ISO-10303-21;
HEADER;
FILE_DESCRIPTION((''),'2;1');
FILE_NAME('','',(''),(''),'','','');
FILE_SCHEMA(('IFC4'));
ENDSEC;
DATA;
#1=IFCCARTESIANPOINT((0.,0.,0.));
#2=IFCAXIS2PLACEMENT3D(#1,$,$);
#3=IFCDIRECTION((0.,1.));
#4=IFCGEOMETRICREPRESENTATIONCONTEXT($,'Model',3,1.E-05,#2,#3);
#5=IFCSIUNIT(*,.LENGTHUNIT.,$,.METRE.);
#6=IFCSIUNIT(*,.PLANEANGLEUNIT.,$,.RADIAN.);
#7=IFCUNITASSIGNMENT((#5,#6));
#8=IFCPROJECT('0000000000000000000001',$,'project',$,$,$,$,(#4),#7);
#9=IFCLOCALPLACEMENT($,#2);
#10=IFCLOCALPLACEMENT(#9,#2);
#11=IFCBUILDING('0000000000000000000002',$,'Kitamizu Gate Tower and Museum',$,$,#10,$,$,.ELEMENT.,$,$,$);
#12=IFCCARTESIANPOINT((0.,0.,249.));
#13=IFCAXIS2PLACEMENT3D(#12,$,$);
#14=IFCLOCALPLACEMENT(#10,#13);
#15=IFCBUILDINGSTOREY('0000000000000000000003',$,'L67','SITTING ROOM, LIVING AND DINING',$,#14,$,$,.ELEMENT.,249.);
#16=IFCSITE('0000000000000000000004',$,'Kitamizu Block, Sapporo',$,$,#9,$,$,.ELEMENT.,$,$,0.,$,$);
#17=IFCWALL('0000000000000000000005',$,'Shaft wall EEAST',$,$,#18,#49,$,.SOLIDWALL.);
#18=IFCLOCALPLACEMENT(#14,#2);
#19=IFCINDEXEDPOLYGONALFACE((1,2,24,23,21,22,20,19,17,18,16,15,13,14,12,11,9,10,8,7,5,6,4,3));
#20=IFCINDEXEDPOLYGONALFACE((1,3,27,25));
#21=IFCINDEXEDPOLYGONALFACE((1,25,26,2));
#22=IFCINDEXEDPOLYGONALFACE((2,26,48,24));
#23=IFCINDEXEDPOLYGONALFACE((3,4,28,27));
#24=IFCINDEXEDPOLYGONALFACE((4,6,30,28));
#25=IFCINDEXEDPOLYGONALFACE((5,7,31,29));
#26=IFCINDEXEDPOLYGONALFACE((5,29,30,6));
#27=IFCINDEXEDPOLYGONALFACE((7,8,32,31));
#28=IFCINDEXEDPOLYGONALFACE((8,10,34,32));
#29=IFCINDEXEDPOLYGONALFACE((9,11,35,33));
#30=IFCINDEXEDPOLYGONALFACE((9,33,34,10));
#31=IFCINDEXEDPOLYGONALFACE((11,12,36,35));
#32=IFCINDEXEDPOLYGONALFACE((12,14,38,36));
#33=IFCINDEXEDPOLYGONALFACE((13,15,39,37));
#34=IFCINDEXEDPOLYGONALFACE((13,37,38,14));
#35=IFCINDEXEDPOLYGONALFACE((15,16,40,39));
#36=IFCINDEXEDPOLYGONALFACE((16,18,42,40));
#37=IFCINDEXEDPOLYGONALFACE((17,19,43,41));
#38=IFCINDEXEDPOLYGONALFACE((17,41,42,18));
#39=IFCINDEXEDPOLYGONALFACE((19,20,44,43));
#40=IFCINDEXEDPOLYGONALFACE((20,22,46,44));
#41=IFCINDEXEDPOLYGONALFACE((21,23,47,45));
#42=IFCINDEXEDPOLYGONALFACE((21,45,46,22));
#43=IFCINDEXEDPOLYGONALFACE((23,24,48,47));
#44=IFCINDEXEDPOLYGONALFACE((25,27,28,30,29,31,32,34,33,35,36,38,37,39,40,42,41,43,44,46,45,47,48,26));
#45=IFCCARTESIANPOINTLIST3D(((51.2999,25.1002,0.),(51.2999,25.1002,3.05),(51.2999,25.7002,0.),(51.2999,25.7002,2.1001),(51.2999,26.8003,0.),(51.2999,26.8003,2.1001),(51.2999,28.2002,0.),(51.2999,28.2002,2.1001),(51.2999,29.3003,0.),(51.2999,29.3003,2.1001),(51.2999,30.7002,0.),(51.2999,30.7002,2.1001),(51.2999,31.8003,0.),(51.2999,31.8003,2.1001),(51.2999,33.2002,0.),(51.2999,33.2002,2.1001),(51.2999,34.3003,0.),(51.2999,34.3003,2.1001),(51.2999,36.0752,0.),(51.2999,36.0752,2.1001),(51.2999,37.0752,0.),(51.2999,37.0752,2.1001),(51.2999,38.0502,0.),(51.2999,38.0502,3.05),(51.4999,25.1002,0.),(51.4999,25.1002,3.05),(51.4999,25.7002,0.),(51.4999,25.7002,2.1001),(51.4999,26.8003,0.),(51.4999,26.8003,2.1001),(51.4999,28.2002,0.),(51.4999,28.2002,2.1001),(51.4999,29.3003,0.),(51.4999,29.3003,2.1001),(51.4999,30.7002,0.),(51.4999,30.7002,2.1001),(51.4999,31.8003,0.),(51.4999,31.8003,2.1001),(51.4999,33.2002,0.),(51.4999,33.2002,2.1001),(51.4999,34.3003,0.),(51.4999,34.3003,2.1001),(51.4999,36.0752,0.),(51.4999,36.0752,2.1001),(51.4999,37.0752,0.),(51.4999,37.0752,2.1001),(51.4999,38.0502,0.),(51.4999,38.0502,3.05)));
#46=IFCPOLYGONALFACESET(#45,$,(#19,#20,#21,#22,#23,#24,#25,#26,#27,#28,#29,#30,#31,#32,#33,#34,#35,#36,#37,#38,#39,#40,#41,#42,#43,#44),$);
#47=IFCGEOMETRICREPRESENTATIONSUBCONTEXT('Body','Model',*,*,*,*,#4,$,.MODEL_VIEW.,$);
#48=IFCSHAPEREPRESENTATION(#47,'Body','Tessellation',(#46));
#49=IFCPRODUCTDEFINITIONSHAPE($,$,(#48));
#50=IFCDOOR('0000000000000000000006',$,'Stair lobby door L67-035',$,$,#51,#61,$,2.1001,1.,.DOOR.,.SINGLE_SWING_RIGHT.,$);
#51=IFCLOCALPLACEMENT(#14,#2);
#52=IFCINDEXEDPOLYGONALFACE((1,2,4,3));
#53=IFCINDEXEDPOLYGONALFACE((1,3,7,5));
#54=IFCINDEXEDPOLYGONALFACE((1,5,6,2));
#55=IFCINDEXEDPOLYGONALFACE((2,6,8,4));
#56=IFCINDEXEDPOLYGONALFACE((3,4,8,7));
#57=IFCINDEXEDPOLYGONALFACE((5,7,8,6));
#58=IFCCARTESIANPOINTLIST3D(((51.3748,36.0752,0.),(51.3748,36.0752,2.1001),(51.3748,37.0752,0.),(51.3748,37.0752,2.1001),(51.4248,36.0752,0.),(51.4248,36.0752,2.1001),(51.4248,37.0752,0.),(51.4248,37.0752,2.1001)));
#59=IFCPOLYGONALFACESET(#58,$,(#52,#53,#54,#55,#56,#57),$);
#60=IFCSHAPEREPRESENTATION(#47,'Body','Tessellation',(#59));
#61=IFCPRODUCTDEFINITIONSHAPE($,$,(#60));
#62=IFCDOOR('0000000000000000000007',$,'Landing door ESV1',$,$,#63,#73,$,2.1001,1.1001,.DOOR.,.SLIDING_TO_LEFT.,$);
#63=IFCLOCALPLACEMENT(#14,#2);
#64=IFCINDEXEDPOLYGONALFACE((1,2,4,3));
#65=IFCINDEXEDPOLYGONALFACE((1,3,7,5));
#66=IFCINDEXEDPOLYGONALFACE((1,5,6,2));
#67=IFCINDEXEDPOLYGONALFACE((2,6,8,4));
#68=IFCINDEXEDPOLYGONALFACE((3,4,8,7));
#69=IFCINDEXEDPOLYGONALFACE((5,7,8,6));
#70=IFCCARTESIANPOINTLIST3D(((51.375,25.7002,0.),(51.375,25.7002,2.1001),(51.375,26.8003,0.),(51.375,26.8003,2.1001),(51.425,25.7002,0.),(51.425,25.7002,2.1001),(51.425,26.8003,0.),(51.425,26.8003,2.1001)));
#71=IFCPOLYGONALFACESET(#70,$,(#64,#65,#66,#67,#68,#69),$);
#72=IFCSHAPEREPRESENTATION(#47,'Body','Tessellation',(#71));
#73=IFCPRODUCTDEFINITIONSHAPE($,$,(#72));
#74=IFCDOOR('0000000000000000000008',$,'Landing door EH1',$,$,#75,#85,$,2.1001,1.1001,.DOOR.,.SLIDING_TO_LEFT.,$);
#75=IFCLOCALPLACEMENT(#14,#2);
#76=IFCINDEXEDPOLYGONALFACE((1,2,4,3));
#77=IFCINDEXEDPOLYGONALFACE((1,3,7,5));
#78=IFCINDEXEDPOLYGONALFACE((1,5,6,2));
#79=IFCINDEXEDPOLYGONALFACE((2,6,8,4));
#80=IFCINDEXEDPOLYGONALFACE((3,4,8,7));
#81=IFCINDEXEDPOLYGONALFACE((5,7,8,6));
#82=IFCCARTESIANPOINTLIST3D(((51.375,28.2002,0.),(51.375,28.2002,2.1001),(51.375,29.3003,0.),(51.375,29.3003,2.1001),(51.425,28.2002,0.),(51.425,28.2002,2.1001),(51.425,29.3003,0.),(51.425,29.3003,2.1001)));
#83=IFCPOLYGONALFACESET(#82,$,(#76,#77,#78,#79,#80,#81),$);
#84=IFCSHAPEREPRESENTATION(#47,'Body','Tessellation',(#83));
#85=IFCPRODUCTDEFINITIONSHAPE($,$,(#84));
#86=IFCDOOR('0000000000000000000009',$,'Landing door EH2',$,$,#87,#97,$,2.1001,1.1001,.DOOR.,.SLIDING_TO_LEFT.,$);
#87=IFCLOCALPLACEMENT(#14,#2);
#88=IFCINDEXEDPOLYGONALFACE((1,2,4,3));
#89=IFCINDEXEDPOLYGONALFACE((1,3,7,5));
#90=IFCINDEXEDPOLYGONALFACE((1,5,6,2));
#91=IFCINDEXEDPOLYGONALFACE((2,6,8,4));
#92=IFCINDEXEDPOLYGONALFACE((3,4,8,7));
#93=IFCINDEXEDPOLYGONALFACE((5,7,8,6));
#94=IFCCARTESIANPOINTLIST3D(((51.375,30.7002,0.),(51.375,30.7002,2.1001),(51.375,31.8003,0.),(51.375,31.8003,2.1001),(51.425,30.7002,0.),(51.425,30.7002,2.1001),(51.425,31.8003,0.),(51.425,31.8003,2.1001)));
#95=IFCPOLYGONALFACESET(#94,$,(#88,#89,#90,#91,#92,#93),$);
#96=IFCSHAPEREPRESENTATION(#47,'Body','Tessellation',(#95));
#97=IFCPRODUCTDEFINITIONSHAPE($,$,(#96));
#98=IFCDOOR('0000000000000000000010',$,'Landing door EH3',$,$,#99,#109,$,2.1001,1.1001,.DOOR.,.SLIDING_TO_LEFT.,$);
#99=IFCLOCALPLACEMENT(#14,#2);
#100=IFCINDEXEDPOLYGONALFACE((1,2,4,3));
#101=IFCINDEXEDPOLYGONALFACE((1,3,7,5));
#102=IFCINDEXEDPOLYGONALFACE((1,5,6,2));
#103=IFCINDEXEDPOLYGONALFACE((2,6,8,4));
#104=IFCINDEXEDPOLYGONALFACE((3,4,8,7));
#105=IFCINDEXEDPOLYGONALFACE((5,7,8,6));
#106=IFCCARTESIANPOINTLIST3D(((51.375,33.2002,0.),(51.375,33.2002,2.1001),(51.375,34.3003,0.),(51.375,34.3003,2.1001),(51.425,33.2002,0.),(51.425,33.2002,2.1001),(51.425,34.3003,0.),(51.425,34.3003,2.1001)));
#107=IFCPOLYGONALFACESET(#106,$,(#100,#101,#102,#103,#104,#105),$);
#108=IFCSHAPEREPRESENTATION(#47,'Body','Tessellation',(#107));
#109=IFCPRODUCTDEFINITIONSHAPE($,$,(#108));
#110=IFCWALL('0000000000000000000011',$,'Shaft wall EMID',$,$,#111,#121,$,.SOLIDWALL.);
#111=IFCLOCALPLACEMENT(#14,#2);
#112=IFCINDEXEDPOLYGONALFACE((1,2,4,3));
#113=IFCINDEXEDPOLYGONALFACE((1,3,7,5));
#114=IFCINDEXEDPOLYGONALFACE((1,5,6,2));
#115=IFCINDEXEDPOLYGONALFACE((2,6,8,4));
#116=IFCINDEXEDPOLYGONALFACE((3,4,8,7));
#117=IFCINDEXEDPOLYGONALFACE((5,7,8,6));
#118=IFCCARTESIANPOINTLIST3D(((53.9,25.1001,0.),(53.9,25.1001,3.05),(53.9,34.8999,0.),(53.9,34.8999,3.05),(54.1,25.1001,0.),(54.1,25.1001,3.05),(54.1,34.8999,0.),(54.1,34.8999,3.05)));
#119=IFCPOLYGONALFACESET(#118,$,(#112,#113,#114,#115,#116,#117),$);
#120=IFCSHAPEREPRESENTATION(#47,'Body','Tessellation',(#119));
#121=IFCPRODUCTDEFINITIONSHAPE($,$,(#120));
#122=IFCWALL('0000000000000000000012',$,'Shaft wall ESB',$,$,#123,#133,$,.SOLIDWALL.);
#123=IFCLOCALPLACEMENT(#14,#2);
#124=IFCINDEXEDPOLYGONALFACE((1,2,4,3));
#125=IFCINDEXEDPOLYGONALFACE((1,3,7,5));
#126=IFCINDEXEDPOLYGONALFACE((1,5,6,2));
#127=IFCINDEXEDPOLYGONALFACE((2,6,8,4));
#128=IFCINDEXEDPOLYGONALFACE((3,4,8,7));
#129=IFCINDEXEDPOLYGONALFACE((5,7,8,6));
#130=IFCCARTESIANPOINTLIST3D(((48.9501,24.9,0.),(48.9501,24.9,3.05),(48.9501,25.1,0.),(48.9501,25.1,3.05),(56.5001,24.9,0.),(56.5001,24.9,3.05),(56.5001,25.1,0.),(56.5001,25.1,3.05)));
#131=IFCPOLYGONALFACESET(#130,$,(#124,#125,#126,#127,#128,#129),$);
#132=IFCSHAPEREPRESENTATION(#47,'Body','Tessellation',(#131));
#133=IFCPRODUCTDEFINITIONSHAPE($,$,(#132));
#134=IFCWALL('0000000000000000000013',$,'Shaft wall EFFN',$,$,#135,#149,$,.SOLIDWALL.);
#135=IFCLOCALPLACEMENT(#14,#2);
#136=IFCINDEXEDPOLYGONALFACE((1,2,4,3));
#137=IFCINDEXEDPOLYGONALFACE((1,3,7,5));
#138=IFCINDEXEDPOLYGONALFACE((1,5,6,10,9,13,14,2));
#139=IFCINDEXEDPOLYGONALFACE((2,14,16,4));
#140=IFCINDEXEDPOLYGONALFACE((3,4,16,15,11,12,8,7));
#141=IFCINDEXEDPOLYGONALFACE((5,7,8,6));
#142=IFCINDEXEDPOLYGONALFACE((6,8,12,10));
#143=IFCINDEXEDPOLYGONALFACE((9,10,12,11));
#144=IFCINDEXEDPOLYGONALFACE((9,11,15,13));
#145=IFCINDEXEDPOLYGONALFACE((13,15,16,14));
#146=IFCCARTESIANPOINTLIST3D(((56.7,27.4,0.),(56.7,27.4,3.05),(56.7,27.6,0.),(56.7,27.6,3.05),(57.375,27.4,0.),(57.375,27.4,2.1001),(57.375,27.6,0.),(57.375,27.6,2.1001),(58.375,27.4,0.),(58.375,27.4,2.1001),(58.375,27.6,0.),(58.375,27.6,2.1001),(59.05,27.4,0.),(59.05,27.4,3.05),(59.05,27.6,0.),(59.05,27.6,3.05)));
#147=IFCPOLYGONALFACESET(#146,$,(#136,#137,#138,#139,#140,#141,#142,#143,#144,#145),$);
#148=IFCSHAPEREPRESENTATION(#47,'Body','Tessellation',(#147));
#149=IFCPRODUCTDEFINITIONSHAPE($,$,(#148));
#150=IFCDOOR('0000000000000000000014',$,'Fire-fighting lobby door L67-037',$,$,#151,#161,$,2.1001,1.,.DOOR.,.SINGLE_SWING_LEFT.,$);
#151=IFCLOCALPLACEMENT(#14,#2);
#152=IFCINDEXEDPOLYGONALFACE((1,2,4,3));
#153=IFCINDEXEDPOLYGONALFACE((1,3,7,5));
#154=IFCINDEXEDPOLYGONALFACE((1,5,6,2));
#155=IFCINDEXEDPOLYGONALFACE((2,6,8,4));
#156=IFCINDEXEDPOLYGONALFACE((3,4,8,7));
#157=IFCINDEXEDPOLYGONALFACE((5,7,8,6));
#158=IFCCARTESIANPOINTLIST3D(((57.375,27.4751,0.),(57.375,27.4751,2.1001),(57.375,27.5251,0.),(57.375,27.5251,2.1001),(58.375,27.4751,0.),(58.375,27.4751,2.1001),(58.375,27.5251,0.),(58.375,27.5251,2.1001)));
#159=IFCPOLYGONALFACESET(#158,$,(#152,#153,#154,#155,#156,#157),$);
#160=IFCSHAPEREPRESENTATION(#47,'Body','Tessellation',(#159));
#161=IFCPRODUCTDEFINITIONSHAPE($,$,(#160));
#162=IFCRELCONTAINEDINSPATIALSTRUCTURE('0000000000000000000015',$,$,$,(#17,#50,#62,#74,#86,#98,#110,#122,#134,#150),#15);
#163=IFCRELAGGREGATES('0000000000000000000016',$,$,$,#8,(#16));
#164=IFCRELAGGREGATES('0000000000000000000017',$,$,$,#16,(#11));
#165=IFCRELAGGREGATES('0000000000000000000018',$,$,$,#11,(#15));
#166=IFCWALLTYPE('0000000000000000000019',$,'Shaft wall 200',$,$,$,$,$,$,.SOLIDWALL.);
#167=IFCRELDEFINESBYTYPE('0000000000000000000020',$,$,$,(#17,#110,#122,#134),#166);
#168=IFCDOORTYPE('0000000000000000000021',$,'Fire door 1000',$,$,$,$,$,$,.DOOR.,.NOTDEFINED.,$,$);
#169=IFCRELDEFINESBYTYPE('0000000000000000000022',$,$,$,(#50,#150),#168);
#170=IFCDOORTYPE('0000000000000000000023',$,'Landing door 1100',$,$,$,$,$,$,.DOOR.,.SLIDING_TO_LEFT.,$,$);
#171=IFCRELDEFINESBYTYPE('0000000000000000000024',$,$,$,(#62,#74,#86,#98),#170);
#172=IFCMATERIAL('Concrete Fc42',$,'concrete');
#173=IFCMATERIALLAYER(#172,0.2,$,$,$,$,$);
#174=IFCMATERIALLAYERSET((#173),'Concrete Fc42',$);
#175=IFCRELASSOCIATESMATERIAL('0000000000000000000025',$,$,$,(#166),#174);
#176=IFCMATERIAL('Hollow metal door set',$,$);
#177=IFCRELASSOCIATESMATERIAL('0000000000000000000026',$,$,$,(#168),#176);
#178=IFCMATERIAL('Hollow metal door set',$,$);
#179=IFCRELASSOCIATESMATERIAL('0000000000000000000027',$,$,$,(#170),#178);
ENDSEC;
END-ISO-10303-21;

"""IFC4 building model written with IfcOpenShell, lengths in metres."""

from ifc_helpers import new_model, si_unit, direction, frame, frame_2d, origin, place, context, subcontext, project, spatial, rectangle, extrude, material, layer, layer_set, type_object, element, fill, save


model = new_model("IFC4")

# Units and contexts
model_context = context("Model", 3, precision=1e-05, world=origin(), true_north=direction((0.0, 1.0)))
body_context = subcontext(model_context, "Body", "Model", "MODEL_VIEW")
ifc_project = project(units=[si_unit("LENGTHUNIT", "METRE"), si_unit("PLANEANGLEUNIT", "RADIAN")], contexts=[model_context])

# Site, building, storey
site_placement = place(None, origin())
site = spatial("IfcSite", under=ifc_project, at=site_placement, Name="Kitamizu Block, Sapporo", CompositionType="ELEMENT", RefElevation=0.0)
building_placement = place(site_placement, origin())
building = spatial("IfcBuilding", under=site, at=building_placement, Name="Kitamizu Gate Tower and Museum", CompositionType="ELEMENT")
storey_placement = place(building_placement, frame((0.0, 0.0, 249.0)))
storey = spatial("IfcBuildingStorey", under=building, at=storey_placement, Name="L67", Description="SITTING ROOM, LIVING AND DINING", CompositionType="ELEMENT", Elevation=249.0)

# Wall, openings, doors
ifc_material_1 = material(Name="Concrete Fc42", Category="concrete")
ifc_layer_1 = layer(ifc_material_1, 0.2)
ifc_layer_set_1 = layer_set([ifc_layer_1], Name="Concrete Fc42")
wall_type_1 = type_object("IfcWallType", Name="Shaft wall 200", PredefinedType="SOLIDWALL", material=ifc_layer_set_1)
wall_1_placement = place(storey_placement, frame((51.3999, 25.1001, 0.0), z_axis=(0.0, 0.0, 1.0), x_axis=(0.0, 1.0, 0.0)))
wall_1 = element("IfcWall", 1, at=wall_1_placement, inside=storey, type_object=wall_type_1, Name="Shaft wall EEAST", PredefinedType="SOLIDWALL", context=body_context, shape_type="SweptSolid", body=[
    extrude(rectangle(XDim=12.95, YDim=0.2, at=frame_2d((6.4751, 0.0))), origin(), (0.0, 0.0, 1.0), 3.05),
])
opening_1_placement = place(wall_1_placement, frame((0.6001, 0.0, 0.0)))
opening_1 = element("IfcOpeningElement", 2, at=opening_1_placement, cuts=wall_1, PredefinedType="OPENING", context=body_context, shape_type="SweptSolid", body=[
    extrude(rectangle(XDim=1.1001, YDim=2.1001, at=frame_2d((0.55, 1.05))), frame((0.0, 0.1099, 0.0), z_axis=(0.0, -1.0, 0.0), x_axis=(1.0, 0.0, 0.0)), (0.0, 0.0, 1.0), 0.22),
])
opening_2_placement = place(wall_1_placement, frame((3.1001, 0.0, 0.0)))
opening_2 = element("IfcOpeningElement", 3, at=opening_2_placement, cuts=wall_1, PredefinedType="OPENING", context=body_context, shape_type="SweptSolid", body=[
    extrude(rectangle(XDim=1.1001, YDim=2.1001, at=frame_2d((0.55, 1.05))), frame((0.0, 0.1099, 0.0), z_axis=(0.0, -1.0, 0.0), x_axis=(1.0, 0.0, 0.0)), (0.0, 0.0, 1.0), 0.22),
])
opening_3_placement = place(wall_1_placement, frame((5.6001, 0.0, 0.0)))
opening_3 = element("IfcOpeningElement", 4, at=opening_3_placement, cuts=wall_1, PredefinedType="OPENING", context=body_context, shape_type="SweptSolid", body=[
    extrude(rectangle(XDim=1.1001, YDim=2.1001, at=frame_2d((0.55, 1.05))), frame((0.0, 0.1099, 0.0), z_axis=(0.0, -1.0, 0.0), x_axis=(1.0, 0.0, 0.0)), (0.0, 0.0, 1.0), 0.22),
])
opening_4_placement = place(wall_1_placement, frame((8.1001, 0.0, 0.0)))
opening_4 = element("IfcOpeningElement", 5, at=opening_4_placement, cuts=wall_1, PredefinedType="OPENING", context=body_context, shape_type="SweptSolid", body=[
    extrude(rectangle(XDim=1.1001, YDim=2.1001, at=frame_2d((0.55, 1.05))), frame((0.0, 0.1099, 0.0), z_axis=(0.0, -1.0, 0.0), x_axis=(1.0, 0.0, 0.0)), (0.0, 0.0, 1.0), 0.22),
])
opening_5_placement = place(wall_1_placement, frame((10.9751, 0.0, 0.0)))
opening_5 = element("IfcOpeningElement", 6, at=opening_5_placement, cuts=wall_1, PredefinedType="OPENING", context=body_context, shape_type="SweptSolid", body=[
    extrude(rectangle(XDim=1.0, YDim=2.1001, at=frame_2d((0.5, 1.05))), frame((0.0, 0.1099, 0.0), z_axis=(0.0, -1.0, 0.0), x_axis=(1.0, 0.0, 0.0)), (0.0, 0.0, 1.0), 0.22),
])
ifc_material_2 = material(Name="Hollow metal door set")
door_type_1 = type_object("IfcDoorType", Name="Fire door 1000", OperationType="NOTDEFINED", PredefinedType="DOOR", material=ifc_material_2)
door_1_placement = place(opening_5_placement, frame((1.0, 0.0, 0.0), x_axis=(-1.0, 0.0, 0.0)))
door_1 = element("IfcDoor", 7, at=door_1_placement, inside=storey, type_object=door_type_1, Name="Stair lobby door L67-035", OperationType="SINGLE_SWING_RIGHT", OverallHeight=2.1001, OverallWidth=1.0, PredefinedType="DOOR", context=body_context, shape_type="SweptSolid", body=[
    extrude(rectangle(XDim=1.0, YDim=2.1001, at=frame_2d((0.5, 1.05))), frame((0.0, 0.0249, 0.0), z_axis=(0.0, -1.0, 0.0), x_axis=(1.0, 0.0, 0.0)), (0.0, 0.0, 1.0), 0.05),
])
fill(opening_5, door_1)
ifc_material_3 = material(Name="Hollow metal door set")
door_type_2 = type_object("IfcDoorType", Name="Landing door 1100", OperationType="SLIDING_TO_LEFT", PredefinedType="DOOR", material=ifc_material_3)
door_2_placement = place(opening_1_placement, origin())
door_2 = element("IfcDoor", 8, at=door_2_placement, inside=storey, type_object=door_type_2, Name="Landing door ESV1", OperationType="SLIDING_TO_LEFT", OverallHeight=2.1001, OverallWidth=1.1001, PredefinedType="DOOR", context=body_context, shape_type="SweptSolid", body=[
    extrude(rectangle(XDim=1.1001, YDim=2.1001, at=frame_2d((0.55, 1.05))), frame((0.0, 0.0249, 0.0), z_axis=(0.0, -1.0, 0.0), x_axis=(1.0, 0.0, 0.0)), (0.0, 0.0, 1.0), 0.05),
])
fill(opening_1, door_2)
door_3_placement = place(opening_2_placement, origin())
door_3 = element("IfcDoor", 9, at=door_3_placement, inside=storey, type_object=door_type_2, Name="Landing door EH1", OperationType="SLIDING_TO_LEFT", OverallHeight=2.1001, OverallWidth=1.1001, PredefinedType="DOOR", context=body_context, shape_type="SweptSolid", body=[
    extrude(rectangle(XDim=1.1001, YDim=2.1001, at=frame_2d((0.55, 1.05))), frame((0.0, 0.0249, 0.0), z_axis=(0.0, -1.0, 0.0), x_axis=(1.0, 0.0, 0.0)), (0.0, 0.0, 1.0), 0.05),
])
fill(opening_2, door_3)
door_4_placement = place(opening_3_placement, origin())
door_4 = element("IfcDoor", 10, at=door_4_placement, inside=storey, type_object=door_type_2, Name="Landing door EH2", OperationType="SLIDING_TO_LEFT", OverallHeight=2.1001, OverallWidth=1.1001, PredefinedType="DOOR", context=body_context, shape_type="SweptSolid", body=[
    extrude(rectangle(XDim=1.1001, YDim=2.1001, at=frame_2d((0.55, 1.05))), frame((0.0, 0.0249, 0.0), z_axis=(0.0, -1.0, 0.0), x_axis=(1.0, 0.0, 0.0)), (0.0, 0.0, 1.0), 0.05),
])
fill(opening_3, door_4)
door_5_placement = place(opening_4_placement, origin())
door_5 = element("IfcDoor", 11, at=door_5_placement, inside=storey, type_object=door_type_2, Name="Landing door EH3", OperationType="SLIDING_TO_LEFT", OverallHeight=2.1001, OverallWidth=1.1001, PredefinedType="DOOR", context=body_context, shape_type="SweptSolid", body=[
    extrude(rectangle(XDim=1.1001, YDim=2.1001, at=frame_2d((0.55, 1.05))), frame((0.0, 0.0249, 0.0), z_axis=(0.0, -1.0, 0.0), x_axis=(1.0, 0.0, 0.0)), (0.0, 0.0, 1.0), 0.05),
])
fill(opening_4, door_5)

# Walls
wall_2_placement = place(storey_placement, frame((54.0, 25.1001, 0.0), z_axis=(0.0, 0.0, 1.0), x_axis=(0.0, 1.0, 0.0)))
element("IfcWall", 12, at=wall_2_placement, inside=storey, type_object=wall_type_1, Name="Shaft wall EMID", PredefinedType="SOLIDWALL", context=body_context, shape_type="SweptSolid", body=[
    extrude(rectangle(XDim=9.7998, YDim=0.2, at=frame_2d((4.8999, 0.0))), origin(), (0.0, 0.0, 1.0), 3.05),
])
wall_3_placement = place(storey_placement, frame((56.5, 25.0, 0.0), z_axis=(0.0, 0.0, 1.0), x_axis=(-1.0, 0.0, 0.0)))
element("IfcWall", 13, at=wall_3_placement, inside=storey, type_object=wall_type_1, Name="Shaft wall ESB", PredefinedType="SOLIDWALL", context=body_context, shape_type="SweptSolid", body=[
    extrude(rectangle(XDim=7.55, YDim=0.2, at=frame_2d((3.7749, 0.0))), origin(), (0.0, 0.0, 1.0), 3.05),
])

# Wall, opening, door
wall_4_placement = place(storey_placement, frame((59.05, 27.5, 0.0), z_axis=(0.0, 0.0, 1.0), x_axis=(-1.0, 0.0, 0.0)))
wall_4 = element("IfcWall", 14, at=wall_4_placement, inside=storey, type_object=wall_type_1, Name="Shaft wall EFFN", PredefinedType="SOLIDWALL", context=body_context, shape_type="SweptSolid", body=[
    extrude(rectangle(XDim=2.3501, YDim=0.2, at=frame_2d((1.175, 0.0))), origin(), (0.0, 0.0, 1.0), 3.05),
])
opening_6_placement = place(wall_4_placement, frame((0.675, 0.0, 0.0)))
opening_6 = element("IfcOpeningElement", 15, at=opening_6_placement, cuts=wall_4, PredefinedType="OPENING", context=body_context, shape_type="SweptSolid", body=[
    extrude(rectangle(XDim=1.0, YDim=2.1001, at=frame_2d((0.5, 1.05))), frame((0.0, 0.1099, 0.0), z_axis=(0.0, -1.0, 0.0), x_axis=(1.0, 0.0, 0.0)), (0.0, 0.0, 1.0), 0.22),
])
door_6_placement = place(opening_6_placement, origin())
door_6 = element("IfcDoor", 16, at=door_6_placement, inside=storey, type_object=door_type_1, Name="Fire-fighting lobby door L67-037", OperationType="SINGLE_SWING_LEFT", OverallHeight=2.1001, OverallWidth=1.0, PredefinedType="DOOR", context=body_context, shape_type="SweptSolid", body=[
    extrude(rectangle(XDim=1.0, YDim=2.1001, at=frame_2d((0.5, 1.05))), frame((0.0, 0.0249, 0.0), z_axis=(0.0, -1.0, 0.0), x_axis=(1.0, 0.0, 0.0)), (0.0, 0.0, 1.0), 0.05),
])
fill(opening_6, door_6)

save(model, "model.ifc")
